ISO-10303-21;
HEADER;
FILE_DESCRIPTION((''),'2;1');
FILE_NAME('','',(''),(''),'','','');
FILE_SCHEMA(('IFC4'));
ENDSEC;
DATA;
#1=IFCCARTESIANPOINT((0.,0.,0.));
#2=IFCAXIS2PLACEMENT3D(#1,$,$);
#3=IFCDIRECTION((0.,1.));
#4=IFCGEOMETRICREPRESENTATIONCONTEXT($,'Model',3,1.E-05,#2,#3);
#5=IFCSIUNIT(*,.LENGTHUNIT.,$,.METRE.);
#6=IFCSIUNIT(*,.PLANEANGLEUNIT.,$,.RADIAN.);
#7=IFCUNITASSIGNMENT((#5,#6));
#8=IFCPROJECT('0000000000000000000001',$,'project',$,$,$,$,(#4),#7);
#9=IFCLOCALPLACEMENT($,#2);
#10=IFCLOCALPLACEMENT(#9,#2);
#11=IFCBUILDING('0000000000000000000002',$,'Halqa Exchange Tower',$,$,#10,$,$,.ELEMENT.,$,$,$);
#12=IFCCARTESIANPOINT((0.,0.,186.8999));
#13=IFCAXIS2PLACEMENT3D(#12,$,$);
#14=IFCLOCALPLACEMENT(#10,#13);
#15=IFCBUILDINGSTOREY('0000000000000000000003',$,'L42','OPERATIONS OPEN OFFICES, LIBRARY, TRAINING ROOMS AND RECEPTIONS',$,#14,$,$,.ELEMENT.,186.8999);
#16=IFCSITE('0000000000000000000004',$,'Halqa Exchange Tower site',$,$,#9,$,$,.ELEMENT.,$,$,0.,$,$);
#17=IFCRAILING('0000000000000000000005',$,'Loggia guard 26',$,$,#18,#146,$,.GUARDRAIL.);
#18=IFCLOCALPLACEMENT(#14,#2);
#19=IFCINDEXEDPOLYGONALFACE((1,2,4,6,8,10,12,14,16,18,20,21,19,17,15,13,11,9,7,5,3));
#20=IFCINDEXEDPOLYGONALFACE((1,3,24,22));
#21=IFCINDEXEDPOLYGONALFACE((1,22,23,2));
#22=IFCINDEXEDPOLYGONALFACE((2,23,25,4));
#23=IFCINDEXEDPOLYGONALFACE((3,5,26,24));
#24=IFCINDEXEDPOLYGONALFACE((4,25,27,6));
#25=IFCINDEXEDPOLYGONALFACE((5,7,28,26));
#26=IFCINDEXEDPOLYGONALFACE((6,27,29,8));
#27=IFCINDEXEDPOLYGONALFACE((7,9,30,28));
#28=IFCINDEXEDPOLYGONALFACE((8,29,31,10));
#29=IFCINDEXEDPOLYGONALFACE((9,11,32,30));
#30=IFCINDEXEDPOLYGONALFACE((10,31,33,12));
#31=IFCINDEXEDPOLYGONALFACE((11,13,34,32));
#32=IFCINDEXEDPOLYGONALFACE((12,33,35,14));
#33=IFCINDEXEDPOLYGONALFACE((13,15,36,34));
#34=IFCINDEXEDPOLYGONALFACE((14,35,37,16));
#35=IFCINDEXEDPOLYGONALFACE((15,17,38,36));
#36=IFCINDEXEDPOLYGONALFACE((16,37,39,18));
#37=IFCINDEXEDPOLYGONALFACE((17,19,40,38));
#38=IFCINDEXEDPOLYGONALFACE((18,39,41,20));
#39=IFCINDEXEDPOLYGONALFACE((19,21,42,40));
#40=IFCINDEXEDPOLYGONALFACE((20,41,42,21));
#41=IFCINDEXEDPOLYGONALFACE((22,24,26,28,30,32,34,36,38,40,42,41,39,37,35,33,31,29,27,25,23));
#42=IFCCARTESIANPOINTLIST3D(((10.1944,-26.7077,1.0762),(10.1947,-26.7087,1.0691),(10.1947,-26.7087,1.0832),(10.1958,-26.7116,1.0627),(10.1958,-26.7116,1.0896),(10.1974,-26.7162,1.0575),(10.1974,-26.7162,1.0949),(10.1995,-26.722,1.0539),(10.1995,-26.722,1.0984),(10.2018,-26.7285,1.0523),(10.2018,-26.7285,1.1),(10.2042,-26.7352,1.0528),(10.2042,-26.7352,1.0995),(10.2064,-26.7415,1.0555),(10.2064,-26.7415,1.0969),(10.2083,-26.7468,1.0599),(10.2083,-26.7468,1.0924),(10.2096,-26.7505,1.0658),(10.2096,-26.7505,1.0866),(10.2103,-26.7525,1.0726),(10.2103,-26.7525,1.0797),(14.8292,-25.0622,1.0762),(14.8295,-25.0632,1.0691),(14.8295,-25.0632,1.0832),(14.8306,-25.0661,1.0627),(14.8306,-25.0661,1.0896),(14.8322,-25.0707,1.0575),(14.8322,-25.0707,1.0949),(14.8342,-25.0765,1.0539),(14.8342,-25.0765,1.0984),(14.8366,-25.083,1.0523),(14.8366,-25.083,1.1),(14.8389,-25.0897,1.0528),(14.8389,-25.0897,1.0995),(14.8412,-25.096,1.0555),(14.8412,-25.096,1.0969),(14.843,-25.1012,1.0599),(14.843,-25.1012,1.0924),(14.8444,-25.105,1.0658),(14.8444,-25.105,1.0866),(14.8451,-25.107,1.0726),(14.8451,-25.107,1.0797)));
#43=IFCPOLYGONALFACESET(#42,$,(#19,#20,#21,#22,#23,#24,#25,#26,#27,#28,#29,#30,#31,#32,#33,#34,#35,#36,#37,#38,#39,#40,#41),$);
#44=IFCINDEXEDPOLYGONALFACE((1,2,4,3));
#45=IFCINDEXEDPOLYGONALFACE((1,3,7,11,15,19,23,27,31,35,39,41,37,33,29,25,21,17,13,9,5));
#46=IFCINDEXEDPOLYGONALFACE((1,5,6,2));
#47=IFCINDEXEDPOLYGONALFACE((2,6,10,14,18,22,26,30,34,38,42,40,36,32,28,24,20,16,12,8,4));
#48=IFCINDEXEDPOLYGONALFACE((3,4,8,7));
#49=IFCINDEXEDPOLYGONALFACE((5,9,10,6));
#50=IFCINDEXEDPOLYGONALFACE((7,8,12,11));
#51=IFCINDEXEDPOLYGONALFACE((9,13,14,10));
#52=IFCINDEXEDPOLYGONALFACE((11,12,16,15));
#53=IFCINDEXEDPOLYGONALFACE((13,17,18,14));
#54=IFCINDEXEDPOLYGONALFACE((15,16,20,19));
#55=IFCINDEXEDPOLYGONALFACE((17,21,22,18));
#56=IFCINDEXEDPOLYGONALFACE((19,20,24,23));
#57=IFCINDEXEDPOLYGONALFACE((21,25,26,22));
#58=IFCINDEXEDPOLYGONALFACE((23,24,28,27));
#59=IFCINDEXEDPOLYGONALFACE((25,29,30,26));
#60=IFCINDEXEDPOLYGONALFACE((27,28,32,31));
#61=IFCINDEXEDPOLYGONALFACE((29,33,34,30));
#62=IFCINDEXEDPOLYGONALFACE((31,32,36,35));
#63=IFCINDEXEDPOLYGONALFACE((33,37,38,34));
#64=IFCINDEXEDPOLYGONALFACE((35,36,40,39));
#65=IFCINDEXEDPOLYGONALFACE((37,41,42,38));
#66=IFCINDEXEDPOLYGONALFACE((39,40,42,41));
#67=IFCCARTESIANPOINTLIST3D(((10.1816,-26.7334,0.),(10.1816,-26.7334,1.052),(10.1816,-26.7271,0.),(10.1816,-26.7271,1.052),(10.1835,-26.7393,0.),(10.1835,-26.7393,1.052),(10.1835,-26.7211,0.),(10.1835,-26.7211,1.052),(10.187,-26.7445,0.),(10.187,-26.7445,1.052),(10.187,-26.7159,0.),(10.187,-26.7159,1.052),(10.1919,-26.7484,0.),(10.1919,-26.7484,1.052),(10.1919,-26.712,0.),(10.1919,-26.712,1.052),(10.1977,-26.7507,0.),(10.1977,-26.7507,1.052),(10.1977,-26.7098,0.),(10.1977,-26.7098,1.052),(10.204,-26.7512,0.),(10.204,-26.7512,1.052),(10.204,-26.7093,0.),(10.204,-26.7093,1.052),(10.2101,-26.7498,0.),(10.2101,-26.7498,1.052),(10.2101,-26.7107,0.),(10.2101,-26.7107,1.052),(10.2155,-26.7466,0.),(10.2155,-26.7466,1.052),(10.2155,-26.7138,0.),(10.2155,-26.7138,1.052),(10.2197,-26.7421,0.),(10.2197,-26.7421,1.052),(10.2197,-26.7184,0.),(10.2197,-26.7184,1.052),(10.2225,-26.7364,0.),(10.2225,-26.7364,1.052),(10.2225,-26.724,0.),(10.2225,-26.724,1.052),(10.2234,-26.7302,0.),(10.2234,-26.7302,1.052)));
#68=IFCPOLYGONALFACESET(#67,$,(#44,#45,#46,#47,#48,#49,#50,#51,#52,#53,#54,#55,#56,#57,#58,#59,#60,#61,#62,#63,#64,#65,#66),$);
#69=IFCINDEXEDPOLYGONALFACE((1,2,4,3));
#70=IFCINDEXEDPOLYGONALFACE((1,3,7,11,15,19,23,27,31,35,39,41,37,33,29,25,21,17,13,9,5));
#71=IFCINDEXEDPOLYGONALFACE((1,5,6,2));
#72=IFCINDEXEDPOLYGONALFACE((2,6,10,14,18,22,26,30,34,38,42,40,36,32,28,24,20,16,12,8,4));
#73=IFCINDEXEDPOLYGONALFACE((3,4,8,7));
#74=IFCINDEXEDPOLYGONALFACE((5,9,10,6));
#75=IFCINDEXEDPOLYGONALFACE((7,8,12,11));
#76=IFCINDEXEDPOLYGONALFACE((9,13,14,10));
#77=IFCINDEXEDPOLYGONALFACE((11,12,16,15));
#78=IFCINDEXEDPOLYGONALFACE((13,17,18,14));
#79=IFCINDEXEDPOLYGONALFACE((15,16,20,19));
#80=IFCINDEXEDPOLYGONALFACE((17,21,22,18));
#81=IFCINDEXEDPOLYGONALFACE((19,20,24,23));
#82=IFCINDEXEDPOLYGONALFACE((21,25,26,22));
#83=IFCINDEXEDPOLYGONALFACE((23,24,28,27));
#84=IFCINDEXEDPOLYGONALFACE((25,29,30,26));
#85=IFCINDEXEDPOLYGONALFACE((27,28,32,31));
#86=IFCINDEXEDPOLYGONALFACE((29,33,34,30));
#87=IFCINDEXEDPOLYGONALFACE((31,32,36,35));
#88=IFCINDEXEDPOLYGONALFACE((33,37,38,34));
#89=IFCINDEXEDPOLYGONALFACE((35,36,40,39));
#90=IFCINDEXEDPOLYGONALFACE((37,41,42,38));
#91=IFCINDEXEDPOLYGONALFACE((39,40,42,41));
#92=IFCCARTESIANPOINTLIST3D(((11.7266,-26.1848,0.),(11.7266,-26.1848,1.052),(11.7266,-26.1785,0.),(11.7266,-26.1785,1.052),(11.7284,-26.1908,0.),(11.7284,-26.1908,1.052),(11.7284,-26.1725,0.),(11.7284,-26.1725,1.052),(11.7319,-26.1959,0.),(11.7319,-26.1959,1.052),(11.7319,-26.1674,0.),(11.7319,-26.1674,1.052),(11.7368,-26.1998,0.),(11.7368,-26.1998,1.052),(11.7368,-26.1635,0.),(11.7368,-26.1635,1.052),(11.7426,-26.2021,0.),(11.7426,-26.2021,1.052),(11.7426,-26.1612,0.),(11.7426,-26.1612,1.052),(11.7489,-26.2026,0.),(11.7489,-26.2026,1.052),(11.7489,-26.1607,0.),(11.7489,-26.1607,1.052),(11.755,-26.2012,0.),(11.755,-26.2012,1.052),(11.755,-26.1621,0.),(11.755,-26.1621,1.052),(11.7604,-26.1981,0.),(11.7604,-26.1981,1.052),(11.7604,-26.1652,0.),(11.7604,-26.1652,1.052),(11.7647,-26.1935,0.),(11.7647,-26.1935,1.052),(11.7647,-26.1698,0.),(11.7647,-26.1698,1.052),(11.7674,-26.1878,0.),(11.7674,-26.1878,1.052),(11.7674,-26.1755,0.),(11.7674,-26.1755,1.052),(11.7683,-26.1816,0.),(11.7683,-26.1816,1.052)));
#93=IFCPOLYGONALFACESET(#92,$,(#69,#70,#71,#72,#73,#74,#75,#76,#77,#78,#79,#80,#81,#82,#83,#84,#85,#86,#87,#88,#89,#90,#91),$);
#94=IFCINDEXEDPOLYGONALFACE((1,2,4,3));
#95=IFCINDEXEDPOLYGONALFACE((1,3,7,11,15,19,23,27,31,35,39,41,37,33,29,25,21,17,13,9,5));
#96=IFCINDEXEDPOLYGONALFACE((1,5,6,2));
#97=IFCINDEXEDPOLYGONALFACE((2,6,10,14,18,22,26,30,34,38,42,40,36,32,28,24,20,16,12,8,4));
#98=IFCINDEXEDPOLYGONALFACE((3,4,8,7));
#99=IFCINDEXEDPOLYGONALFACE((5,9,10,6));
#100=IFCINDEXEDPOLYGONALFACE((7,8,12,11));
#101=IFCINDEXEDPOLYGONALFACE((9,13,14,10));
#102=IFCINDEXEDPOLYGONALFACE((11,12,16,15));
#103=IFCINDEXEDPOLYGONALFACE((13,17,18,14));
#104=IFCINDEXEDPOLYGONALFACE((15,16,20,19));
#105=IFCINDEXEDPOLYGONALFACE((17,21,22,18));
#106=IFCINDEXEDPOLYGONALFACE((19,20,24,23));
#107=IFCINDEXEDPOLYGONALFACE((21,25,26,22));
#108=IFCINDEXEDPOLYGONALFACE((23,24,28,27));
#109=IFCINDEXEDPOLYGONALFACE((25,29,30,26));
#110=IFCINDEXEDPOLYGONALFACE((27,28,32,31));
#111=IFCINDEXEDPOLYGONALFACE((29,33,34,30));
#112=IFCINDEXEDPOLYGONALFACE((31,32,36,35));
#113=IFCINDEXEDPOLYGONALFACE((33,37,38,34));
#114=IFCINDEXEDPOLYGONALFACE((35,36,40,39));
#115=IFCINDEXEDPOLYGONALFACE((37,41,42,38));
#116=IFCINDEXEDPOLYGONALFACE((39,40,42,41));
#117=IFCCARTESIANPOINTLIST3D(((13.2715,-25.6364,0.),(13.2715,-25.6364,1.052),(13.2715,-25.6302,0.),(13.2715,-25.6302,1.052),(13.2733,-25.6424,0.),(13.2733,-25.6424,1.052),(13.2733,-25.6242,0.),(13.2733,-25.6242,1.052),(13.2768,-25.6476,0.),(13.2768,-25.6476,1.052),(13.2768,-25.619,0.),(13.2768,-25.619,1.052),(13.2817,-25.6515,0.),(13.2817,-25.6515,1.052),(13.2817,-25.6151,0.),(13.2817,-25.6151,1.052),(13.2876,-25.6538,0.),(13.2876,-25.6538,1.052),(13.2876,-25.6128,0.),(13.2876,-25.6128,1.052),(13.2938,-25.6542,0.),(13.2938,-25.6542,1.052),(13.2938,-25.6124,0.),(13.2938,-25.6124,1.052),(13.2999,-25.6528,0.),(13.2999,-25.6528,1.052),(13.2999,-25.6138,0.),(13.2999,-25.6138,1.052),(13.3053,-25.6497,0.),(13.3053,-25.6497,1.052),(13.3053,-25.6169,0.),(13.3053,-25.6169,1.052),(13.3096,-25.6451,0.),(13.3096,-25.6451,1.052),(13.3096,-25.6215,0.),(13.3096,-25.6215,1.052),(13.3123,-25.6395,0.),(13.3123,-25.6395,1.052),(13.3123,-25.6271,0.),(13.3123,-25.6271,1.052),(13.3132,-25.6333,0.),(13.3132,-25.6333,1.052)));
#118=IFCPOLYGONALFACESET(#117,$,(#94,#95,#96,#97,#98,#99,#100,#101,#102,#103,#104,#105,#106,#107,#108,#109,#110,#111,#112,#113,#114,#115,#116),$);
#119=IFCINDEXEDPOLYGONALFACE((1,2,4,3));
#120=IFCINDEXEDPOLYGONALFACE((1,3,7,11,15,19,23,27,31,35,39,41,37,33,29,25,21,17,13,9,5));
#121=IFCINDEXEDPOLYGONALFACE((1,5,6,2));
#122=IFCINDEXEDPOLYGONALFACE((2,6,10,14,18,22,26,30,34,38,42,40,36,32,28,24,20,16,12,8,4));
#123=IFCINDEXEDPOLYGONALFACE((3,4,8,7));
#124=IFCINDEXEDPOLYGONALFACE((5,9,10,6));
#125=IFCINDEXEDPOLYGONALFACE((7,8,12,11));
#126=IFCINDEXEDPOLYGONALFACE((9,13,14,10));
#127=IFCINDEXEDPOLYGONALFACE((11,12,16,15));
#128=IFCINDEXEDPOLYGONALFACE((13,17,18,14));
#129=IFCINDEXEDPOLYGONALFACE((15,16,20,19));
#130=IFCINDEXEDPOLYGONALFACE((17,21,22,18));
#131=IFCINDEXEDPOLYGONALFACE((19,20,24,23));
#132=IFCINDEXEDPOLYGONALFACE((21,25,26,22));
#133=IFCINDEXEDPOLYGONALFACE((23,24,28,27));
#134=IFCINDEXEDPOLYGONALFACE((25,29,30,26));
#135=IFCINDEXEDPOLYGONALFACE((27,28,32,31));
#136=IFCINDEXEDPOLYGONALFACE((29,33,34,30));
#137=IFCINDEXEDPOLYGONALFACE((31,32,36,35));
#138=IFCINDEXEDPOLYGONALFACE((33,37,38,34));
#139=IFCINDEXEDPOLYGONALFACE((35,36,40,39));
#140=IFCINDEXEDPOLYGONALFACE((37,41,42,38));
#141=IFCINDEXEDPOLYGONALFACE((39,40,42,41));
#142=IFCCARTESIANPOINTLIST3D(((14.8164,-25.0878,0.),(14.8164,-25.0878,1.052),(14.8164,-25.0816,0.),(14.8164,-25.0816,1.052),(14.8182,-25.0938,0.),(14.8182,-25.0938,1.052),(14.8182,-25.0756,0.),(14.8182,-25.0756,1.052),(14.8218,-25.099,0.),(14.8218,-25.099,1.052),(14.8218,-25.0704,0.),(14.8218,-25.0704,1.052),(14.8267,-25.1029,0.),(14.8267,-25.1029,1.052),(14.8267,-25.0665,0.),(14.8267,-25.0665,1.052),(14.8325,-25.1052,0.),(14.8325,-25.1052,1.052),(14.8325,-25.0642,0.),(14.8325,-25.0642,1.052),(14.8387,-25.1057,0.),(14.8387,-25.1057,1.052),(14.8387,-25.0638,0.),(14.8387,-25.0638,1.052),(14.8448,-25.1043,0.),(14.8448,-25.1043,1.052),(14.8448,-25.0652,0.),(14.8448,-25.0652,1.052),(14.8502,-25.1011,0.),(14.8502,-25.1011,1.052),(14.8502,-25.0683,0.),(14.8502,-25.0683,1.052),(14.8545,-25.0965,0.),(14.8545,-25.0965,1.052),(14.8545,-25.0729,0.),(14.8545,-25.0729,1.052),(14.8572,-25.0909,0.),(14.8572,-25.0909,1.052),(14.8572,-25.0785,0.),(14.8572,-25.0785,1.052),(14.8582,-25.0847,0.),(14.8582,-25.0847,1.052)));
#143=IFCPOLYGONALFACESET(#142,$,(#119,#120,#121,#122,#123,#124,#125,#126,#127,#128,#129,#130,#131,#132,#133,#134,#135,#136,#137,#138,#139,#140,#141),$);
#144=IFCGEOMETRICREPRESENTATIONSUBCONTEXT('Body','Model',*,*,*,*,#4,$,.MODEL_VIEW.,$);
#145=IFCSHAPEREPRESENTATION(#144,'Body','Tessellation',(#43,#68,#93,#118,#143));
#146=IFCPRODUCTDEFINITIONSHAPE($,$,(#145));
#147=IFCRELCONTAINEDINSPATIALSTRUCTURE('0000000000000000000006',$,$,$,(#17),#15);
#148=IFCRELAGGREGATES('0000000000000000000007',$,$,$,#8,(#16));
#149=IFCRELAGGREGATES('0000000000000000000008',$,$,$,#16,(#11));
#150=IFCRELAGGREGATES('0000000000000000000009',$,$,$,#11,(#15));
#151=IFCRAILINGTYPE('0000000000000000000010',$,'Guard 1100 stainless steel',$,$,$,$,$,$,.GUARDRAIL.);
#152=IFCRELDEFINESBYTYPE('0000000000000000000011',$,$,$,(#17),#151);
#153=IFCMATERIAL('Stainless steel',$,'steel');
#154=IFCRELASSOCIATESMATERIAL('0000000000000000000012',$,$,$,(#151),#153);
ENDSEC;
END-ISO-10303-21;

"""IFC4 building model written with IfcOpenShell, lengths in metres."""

from ifc_helpers import new_model, si_unit, direction, frame, origin, origin_2d, place, context, subcontext, project, spatial, circle, extrude, material, type_object, element, save


model = new_model("IFC4")

# Units and contexts
model_context = context("Model", 3, precision=1e-05, world=origin(), true_north=direction((0.0, 1.0)))
body_context = subcontext(model_context, "Body", "Model", "MODEL_VIEW")
ifc_project = project(units=[si_unit("LENGTHUNIT", "METRE"), si_unit("PLANEANGLEUNIT", "RADIAN")], contexts=[model_context])

# Site, building, storey
site_placement = place(None, origin())
site = spatial("IfcSite", under=ifc_project, at=site_placement, Name="Halqa Exchange Tower site", CompositionType="ELEMENT", RefElevation=0.0)
building_placement = place(site_placement, origin())
building = spatial("IfcBuilding", under=site, at=building_placement, Name="Halqa Exchange Tower", CompositionType="ELEMENT")
storey_placement = place(building_placement, frame((0.0, 0.0, 186.8999)))
storey = spatial("IfcBuildingStorey", under=building, at=storey_placement, Name="L42", Description="OPERATIONS OPEN OFFICES, LIBRARY, TRAINING ROOMS AND RECEPTIONS", CompositionType="ELEMENT", Elevation=186.8999)

# Railing
ifc_material_1 = material(Name="Stainless steel", Category="steel")
railing_type = type_object("IfcRailingType", Name="Guard 1100 stainless steel", PredefinedType="GUARDRAIL", material=ifc_material_1)
railing_1_placement = place(storey_placement, frame((10.2024, -26.7302, 0.0)))
element("IfcRailing", 1, at=railing_1_placement, inside=storey, type_object=railing_type, Name="Loggia guard 26", PredefinedType="GUARDRAIL", context=body_context, shape_type="SweptSolid", body=[
    extrude(circle(Radius=0.0239, at=origin_2d()), frame((0.0, 0.0, 1.0762), z_axis=(0.942369, 0.334575, 0.0), x_axis=(-0.334575, 0.942369, 0.0)), (0.0, 0.0, 1.0), 4.9182),
    extrude(circle(Radius=0.021, at=origin_2d()), origin(), (0.0, 0.0, 1.0), 1.052),
    extrude(circle(Radius=0.021, at=origin_2d()), frame((1.5449, 0.5486, 0.0)), (0.0, 0.0, 1.0), 1.052),
    extrude(circle(Radius=0.021, at=origin_2d()), frame((3.0898, 1.0969, 0.0)), (0.0, 0.0, 1.0), 1.052),
    extrude(circle(Radius=0.021, at=origin_2d()), frame((4.6348, 1.6455, 0.0)), (0.0, 0.0, 1.0), 1.052),
])

save(model, "model.ifc")
